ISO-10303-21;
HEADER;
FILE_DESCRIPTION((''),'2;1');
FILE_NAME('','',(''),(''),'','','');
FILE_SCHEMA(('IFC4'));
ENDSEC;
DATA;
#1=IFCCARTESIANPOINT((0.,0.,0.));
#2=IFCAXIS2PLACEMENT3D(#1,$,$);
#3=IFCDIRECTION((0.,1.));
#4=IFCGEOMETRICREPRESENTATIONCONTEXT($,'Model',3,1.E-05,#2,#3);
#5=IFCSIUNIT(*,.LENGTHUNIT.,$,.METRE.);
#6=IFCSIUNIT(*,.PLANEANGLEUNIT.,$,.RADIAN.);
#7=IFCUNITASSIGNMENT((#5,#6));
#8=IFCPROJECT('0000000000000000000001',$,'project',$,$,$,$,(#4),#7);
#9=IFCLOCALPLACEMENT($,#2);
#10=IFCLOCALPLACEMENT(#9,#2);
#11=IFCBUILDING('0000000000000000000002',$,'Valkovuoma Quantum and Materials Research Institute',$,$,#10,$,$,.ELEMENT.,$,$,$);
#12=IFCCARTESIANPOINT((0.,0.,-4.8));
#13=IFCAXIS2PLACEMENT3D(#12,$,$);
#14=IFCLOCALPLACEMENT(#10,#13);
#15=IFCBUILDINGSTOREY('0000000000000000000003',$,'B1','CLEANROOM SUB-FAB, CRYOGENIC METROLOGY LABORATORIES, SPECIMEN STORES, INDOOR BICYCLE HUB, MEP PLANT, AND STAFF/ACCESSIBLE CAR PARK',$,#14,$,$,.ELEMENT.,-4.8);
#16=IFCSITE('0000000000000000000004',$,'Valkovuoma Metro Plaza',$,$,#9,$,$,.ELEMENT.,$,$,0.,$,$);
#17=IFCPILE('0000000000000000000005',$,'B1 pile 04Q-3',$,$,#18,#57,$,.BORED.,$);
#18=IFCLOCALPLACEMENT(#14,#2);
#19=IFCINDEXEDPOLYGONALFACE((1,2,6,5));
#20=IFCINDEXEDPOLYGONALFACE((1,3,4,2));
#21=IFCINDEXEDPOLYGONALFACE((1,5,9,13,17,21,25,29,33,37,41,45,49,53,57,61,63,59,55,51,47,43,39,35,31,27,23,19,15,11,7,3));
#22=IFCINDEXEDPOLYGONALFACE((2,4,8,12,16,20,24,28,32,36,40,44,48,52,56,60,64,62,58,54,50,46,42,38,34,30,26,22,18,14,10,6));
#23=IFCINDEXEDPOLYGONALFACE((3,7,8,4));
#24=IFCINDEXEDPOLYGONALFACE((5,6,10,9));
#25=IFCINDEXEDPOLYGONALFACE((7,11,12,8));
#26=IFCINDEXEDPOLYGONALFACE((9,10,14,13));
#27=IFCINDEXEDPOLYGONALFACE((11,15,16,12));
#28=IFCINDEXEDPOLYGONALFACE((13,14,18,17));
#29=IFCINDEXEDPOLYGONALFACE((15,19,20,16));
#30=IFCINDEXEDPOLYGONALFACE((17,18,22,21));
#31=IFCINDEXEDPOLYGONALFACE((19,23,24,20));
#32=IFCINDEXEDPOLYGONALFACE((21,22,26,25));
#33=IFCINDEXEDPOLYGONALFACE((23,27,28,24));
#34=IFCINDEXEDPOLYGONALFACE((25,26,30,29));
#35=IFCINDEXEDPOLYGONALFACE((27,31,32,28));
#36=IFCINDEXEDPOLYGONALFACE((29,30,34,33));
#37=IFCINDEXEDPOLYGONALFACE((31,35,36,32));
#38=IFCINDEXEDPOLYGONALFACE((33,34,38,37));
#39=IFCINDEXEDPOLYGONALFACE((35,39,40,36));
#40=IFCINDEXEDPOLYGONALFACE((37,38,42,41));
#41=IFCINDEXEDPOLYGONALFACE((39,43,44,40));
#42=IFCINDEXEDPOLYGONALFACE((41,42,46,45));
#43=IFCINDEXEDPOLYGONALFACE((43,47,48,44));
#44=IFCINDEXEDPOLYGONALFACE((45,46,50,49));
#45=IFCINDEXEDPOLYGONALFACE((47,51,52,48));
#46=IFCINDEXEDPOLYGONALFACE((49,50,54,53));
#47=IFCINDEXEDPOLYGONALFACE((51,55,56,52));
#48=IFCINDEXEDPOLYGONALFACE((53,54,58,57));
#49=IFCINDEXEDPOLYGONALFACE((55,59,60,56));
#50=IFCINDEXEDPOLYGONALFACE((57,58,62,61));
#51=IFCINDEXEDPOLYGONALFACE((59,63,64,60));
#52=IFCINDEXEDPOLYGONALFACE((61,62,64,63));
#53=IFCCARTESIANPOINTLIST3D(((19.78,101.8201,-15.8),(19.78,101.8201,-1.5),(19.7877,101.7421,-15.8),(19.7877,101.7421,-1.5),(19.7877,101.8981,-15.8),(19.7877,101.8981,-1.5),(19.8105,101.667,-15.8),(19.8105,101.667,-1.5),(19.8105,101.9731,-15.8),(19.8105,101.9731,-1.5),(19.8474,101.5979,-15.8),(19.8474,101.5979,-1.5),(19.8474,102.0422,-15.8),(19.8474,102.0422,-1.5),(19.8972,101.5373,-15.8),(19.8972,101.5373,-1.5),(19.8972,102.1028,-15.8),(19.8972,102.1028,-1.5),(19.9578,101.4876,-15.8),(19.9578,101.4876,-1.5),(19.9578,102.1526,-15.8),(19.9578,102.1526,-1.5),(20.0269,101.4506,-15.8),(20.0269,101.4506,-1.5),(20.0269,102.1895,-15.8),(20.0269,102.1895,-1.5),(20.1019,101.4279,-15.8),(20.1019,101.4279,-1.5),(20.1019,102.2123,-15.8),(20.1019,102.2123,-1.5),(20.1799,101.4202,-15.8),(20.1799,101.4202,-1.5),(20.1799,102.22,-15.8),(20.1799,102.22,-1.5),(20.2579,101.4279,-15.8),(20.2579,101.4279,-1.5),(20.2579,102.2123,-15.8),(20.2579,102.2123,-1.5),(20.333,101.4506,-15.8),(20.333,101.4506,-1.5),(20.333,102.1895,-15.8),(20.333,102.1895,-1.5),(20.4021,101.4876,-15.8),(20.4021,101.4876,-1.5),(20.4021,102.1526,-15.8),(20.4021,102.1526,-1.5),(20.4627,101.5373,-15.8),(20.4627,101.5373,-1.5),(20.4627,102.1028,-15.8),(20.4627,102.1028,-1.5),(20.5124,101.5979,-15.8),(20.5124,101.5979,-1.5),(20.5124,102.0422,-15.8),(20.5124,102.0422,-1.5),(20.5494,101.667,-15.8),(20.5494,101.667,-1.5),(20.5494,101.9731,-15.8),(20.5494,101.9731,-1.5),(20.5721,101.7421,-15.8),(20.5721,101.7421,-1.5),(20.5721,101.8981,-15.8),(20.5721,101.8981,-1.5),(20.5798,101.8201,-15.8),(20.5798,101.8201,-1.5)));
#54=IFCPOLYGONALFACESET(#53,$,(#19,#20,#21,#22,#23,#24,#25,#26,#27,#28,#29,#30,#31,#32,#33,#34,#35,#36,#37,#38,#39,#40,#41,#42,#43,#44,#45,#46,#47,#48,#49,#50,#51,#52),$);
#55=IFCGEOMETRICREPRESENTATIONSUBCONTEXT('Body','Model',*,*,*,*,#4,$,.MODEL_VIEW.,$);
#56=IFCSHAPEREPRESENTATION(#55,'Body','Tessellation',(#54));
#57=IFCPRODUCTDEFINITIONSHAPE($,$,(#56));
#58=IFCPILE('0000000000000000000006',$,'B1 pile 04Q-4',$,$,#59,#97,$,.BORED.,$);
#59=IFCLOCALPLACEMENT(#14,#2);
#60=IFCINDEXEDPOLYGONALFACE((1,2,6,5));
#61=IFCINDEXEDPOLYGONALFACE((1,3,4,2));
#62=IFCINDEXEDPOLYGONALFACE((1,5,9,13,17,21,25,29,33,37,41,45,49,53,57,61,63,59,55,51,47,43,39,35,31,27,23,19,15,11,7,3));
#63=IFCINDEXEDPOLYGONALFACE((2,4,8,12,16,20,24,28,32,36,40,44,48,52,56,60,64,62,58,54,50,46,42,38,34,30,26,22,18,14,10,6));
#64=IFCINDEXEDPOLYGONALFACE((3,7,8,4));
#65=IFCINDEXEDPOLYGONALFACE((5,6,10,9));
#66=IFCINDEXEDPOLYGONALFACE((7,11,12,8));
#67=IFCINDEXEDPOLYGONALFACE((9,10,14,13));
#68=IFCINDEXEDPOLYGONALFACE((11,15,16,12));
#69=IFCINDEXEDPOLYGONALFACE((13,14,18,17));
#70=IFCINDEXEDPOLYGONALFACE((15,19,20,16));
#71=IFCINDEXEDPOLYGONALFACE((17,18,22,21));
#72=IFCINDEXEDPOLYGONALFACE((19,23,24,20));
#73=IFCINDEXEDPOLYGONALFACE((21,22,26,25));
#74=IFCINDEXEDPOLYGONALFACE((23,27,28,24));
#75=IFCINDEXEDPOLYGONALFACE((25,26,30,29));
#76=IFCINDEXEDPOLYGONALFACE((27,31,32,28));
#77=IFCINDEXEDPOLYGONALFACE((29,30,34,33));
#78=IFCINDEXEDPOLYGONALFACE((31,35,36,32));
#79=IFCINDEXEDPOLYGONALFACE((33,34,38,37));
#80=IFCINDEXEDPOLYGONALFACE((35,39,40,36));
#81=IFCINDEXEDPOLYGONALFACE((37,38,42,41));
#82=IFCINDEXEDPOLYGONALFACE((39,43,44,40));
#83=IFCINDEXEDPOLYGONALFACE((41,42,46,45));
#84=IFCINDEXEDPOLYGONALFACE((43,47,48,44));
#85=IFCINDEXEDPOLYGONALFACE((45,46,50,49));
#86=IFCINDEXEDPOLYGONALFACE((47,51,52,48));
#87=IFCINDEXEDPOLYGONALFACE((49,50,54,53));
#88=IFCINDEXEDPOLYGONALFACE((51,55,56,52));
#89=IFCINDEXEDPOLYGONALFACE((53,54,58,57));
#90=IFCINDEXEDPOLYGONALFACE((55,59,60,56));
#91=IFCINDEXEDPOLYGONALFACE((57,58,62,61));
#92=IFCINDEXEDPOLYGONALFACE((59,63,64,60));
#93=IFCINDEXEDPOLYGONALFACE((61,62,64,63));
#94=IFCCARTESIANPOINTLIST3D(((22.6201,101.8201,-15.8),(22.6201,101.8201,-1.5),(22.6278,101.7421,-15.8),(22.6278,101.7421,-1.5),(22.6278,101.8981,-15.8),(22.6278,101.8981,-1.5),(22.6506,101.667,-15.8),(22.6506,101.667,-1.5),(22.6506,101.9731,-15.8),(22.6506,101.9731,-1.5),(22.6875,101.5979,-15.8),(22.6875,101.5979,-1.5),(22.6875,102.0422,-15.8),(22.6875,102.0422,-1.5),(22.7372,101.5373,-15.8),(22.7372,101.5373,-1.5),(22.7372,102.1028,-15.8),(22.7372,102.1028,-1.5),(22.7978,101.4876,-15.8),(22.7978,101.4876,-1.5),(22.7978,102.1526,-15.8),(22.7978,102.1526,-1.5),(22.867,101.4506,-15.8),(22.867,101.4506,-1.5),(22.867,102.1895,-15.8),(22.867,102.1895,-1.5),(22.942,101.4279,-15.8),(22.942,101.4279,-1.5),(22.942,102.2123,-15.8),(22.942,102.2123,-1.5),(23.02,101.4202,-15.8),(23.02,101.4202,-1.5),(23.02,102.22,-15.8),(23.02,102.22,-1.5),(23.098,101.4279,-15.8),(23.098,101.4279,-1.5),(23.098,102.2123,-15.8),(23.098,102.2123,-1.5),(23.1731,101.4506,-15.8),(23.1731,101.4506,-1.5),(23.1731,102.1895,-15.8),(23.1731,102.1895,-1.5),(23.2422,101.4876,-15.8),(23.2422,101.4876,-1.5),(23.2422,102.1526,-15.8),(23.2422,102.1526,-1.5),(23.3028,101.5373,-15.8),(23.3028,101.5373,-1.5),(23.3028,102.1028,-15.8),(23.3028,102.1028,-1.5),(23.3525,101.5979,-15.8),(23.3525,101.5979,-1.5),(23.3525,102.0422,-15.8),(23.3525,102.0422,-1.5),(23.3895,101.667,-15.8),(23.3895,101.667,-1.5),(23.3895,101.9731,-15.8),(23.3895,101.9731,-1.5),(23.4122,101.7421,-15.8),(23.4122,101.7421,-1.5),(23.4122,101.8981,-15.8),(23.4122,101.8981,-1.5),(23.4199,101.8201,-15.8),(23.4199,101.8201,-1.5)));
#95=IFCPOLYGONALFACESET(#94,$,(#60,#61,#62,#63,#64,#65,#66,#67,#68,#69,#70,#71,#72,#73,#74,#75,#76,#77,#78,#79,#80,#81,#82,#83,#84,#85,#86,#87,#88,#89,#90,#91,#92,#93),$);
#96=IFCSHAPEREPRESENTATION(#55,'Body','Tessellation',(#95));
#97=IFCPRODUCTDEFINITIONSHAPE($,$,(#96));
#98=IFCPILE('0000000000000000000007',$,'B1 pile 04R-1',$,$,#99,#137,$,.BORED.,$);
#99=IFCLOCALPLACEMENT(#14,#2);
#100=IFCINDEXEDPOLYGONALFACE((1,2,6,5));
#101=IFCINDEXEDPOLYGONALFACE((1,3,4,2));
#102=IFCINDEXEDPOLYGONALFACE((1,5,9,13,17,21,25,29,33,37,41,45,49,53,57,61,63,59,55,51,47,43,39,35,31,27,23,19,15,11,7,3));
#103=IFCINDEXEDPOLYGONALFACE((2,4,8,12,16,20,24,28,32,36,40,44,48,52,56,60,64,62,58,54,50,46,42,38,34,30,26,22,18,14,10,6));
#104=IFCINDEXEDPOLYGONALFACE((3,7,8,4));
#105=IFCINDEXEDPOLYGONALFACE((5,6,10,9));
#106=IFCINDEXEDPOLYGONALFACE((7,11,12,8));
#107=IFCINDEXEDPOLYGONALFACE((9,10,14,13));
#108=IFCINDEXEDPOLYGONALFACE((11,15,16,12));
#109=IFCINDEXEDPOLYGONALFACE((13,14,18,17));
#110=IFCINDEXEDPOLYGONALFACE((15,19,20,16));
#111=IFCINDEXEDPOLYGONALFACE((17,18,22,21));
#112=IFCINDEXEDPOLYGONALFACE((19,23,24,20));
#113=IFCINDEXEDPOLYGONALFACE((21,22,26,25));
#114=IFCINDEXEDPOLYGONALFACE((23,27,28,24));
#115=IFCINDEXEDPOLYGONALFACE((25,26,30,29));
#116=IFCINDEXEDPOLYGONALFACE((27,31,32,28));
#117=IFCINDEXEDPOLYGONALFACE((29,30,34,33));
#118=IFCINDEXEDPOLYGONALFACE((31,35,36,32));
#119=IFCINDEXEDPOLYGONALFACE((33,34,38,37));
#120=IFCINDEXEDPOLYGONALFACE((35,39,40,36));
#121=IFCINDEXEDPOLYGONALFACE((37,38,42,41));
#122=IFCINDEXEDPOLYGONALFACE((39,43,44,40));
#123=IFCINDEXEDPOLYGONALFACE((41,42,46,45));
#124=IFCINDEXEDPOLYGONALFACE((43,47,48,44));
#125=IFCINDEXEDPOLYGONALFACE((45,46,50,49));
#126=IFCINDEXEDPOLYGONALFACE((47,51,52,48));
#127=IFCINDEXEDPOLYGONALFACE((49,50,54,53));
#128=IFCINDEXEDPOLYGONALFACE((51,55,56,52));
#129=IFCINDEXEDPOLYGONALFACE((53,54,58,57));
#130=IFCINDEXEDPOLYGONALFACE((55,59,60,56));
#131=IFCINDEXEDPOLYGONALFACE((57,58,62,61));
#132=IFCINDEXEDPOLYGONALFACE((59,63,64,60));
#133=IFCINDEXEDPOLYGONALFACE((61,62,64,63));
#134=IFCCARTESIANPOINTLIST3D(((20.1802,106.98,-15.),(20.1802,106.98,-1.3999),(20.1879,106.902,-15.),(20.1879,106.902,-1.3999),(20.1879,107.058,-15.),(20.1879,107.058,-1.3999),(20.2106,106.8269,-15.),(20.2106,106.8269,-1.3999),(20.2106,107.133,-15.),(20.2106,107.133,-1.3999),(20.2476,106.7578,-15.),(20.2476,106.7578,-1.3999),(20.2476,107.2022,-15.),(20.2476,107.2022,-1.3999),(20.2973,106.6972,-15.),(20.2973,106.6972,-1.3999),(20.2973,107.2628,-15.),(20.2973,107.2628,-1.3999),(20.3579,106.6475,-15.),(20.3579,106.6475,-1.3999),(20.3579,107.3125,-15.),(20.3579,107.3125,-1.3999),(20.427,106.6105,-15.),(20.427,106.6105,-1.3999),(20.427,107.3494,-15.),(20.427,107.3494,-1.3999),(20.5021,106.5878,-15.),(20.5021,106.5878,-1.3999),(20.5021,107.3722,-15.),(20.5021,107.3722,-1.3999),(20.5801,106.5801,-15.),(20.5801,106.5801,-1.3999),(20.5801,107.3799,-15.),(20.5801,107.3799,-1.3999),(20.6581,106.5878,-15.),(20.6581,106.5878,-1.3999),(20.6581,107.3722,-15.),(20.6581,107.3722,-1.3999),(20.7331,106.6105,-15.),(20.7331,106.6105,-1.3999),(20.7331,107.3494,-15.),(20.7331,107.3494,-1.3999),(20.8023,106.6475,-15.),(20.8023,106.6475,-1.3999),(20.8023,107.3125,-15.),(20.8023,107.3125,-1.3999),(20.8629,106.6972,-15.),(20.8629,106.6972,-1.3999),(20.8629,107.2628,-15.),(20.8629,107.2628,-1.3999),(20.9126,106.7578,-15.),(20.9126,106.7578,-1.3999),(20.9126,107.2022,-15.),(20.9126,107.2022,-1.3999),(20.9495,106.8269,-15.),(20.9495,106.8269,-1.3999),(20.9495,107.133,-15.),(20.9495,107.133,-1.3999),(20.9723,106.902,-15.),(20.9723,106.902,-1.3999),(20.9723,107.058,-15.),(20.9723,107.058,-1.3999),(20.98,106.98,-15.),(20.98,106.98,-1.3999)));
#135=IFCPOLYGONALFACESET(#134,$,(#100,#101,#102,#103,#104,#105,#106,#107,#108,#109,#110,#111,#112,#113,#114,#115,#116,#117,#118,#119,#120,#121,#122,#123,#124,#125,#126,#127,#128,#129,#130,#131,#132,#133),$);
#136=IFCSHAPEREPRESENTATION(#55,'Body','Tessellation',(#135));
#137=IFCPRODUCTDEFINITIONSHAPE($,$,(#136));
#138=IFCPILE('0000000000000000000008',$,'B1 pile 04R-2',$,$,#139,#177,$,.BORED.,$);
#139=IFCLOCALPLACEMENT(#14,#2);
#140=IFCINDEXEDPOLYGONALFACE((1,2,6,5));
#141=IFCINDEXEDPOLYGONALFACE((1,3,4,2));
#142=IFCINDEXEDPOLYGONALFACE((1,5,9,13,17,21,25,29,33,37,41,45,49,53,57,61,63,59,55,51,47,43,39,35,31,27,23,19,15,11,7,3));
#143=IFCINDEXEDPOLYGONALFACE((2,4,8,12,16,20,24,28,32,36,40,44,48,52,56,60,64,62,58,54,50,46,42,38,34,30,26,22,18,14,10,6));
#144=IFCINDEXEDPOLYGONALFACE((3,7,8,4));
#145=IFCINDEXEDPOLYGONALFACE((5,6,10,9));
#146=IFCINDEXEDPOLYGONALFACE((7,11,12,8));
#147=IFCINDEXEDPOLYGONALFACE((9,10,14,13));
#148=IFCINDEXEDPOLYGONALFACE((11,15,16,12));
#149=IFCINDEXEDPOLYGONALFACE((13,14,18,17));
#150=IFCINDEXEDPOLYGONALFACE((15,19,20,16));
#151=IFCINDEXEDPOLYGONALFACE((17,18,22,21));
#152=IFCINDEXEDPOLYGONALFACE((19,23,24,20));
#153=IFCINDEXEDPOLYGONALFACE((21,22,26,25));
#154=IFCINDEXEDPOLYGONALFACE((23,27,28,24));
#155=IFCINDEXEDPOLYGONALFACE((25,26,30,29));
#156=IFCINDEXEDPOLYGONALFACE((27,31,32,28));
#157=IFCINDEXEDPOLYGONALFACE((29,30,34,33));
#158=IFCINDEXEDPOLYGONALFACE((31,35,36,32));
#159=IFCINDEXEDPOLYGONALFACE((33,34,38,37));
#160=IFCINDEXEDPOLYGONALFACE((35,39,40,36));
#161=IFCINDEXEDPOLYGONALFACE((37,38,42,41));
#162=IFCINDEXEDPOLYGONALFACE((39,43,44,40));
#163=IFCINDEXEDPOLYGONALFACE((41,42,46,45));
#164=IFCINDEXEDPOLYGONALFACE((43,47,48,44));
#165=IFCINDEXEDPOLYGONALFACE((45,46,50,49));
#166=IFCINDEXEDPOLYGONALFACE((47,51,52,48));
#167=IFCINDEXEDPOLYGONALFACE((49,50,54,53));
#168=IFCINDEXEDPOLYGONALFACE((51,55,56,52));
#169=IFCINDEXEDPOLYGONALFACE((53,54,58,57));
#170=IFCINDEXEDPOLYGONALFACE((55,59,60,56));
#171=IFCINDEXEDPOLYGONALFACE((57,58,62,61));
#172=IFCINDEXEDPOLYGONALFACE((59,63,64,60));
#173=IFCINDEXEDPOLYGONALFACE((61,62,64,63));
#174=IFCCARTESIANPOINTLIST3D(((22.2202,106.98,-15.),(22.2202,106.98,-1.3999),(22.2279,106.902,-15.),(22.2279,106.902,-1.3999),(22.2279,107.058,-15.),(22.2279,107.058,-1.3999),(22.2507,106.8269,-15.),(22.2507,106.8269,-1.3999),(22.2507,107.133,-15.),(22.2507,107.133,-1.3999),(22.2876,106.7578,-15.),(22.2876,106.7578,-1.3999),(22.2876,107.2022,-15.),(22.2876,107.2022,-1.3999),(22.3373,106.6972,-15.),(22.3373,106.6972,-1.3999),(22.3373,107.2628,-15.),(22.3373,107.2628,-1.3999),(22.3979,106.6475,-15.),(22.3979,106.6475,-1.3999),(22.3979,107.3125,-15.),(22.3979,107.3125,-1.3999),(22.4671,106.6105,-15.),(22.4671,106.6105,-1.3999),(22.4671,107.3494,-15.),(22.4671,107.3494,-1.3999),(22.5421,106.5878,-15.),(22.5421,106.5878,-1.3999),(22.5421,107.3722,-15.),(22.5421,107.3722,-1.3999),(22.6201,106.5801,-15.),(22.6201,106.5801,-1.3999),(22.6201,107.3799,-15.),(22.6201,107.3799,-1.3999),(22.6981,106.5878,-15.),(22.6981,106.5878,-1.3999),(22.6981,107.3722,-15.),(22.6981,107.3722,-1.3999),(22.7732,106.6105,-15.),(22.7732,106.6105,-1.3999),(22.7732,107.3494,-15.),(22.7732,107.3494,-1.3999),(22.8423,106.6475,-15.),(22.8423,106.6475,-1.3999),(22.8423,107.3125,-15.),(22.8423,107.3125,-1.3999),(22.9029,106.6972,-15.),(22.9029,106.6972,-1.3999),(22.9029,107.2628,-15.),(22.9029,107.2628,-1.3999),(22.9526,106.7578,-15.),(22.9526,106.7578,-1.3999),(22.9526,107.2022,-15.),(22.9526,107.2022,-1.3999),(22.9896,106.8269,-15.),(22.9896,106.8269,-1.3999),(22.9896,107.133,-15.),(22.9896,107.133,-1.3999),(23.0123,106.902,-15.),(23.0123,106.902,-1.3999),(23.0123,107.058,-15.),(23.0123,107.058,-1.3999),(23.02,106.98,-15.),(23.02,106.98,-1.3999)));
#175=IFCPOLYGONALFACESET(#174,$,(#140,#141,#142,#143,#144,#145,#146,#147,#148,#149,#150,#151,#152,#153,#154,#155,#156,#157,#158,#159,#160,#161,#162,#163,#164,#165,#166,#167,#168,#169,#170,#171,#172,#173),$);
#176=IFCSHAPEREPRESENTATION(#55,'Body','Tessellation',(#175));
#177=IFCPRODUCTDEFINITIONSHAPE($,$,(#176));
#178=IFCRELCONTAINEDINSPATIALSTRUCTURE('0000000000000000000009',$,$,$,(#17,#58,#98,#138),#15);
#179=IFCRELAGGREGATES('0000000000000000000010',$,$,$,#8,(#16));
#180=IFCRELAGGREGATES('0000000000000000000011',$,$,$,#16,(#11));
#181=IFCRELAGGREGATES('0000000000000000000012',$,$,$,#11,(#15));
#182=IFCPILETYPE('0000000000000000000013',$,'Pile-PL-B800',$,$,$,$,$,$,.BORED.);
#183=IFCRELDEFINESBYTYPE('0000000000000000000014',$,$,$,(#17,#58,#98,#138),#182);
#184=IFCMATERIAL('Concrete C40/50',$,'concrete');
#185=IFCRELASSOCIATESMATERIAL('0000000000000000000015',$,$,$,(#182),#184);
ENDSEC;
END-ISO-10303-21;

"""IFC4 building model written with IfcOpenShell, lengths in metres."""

from ifc_helpers import new_model, si_unit, direction, frame, origin, origin_2d, place, context, subcontext, project, spatial, circle, extrude, material, material_profile, profile_set, type_object, element, save


model = new_model("IFC4")

# Units and contexts
model_context = context("Model", 3, precision=1e-05, world=origin(), true_north=direction((0.0, 1.0)))
body_context = subcontext(model_context, "Body", "Model", "MODEL_VIEW")
ifc_project = project(units=[si_unit("LENGTHUNIT", "METRE"), si_unit("PLANEANGLEUNIT", "RADIAN")], contexts=[model_context])

# Site, building, storey
site_placement = place(None, origin())
site = spatial("IfcSite", under=ifc_project, at=site_placement, Name="Valkovuoma Metro Plaza", CompositionType="ELEMENT", RefElevation=0.0)
building_placement = place(site_placement, origin())
building = spatial("IfcBuilding", under=site, at=building_placement, Name="Valkovuoma Quantum and Materials Research Institute", CompositionType="ELEMENT")
storey_placement = place(building_placement, frame((0.0, 0.0, -4.8)))
storey = spatial("IfcBuildingStorey", under=building, at=storey_placement, Name="B1", Description="CLEANROOM SUB-FAB, CRYOGENIC METROLOGY LABORATORIES, SPECIMEN STORES, INDOOR BICYCLE HUB, MEP PLANT, AND STAFF/ACCESSIBLE CAR PARK", CompositionType="ELEMENT", Elevation=-4.8)

# Piles
ifc_material_1 = material(Name="Concrete C40/50", Category="concrete")
ifc_material_profile_1 = material_profile(ifc_material_1, circle(Radius=0.3999, at=origin_2d()), Name="Concrete C40/50")
ifc_profile_set_1 = profile_set([ifc_material_profile_1], Name="Concrete C40/50")
pile_type_1 = type_object("IfcPileType", Name="Pile-PL-B800", PredefinedType="BORED", material=ifc_profile_set_1)
for number, where, z_axis, x_axis, name in (
    (1, (20.1799, 101.8201, -1.5), (0.0, 0.0, -1.0), (1.0, 0.0, 0.0), "B1 pile 04Q-3"),
    (2, (23.02, 101.8201, -1.5), (0.0, 0.0, -1.0), (1.0, 0.0, 0.0), "B1 pile 04Q-4"),
):
    element("IfcPile", number, at=place(storey_placement, frame(where, z_axis=z_axis, x_axis=x_axis)), inside=storey, type_object=pile_type_1, Name=name, PredefinedType="BORED", context=body_context, shape_type="SweptSolid", body=[
        extrude(circle(Radius=0.3999, at=origin_2d()), origin(), (0.0, 0.0, 1.0), 14.3),
    ])
for number, where, z_axis, x_axis, name in (
    (3, (20.5801, 106.98, -1.3999), (0.0, 0.0, -1.0), (1.0, 0.0, 0.0), "B1 pile 04R-1"),
    (4, (22.6201, 106.98, -1.3999), (0.0, 0.0, -1.0), (1.0, 0.0, 0.0), "B1 pile 04R-2"),
):
    element("IfcPile", number, at=place(storey_placement, frame(where, z_axis=z_axis, x_axis=x_axis)), inside=storey, type_object=pile_type_1, Name=name, PredefinedType="BORED", context=body_context, shape_type="SweptSolid", body=[
        extrude(circle(Radius=0.3999, at=origin_2d()), origin(), (0.0, 0.0, 1.0), 13.6001),
    ])

save(model, "model.ifc")
